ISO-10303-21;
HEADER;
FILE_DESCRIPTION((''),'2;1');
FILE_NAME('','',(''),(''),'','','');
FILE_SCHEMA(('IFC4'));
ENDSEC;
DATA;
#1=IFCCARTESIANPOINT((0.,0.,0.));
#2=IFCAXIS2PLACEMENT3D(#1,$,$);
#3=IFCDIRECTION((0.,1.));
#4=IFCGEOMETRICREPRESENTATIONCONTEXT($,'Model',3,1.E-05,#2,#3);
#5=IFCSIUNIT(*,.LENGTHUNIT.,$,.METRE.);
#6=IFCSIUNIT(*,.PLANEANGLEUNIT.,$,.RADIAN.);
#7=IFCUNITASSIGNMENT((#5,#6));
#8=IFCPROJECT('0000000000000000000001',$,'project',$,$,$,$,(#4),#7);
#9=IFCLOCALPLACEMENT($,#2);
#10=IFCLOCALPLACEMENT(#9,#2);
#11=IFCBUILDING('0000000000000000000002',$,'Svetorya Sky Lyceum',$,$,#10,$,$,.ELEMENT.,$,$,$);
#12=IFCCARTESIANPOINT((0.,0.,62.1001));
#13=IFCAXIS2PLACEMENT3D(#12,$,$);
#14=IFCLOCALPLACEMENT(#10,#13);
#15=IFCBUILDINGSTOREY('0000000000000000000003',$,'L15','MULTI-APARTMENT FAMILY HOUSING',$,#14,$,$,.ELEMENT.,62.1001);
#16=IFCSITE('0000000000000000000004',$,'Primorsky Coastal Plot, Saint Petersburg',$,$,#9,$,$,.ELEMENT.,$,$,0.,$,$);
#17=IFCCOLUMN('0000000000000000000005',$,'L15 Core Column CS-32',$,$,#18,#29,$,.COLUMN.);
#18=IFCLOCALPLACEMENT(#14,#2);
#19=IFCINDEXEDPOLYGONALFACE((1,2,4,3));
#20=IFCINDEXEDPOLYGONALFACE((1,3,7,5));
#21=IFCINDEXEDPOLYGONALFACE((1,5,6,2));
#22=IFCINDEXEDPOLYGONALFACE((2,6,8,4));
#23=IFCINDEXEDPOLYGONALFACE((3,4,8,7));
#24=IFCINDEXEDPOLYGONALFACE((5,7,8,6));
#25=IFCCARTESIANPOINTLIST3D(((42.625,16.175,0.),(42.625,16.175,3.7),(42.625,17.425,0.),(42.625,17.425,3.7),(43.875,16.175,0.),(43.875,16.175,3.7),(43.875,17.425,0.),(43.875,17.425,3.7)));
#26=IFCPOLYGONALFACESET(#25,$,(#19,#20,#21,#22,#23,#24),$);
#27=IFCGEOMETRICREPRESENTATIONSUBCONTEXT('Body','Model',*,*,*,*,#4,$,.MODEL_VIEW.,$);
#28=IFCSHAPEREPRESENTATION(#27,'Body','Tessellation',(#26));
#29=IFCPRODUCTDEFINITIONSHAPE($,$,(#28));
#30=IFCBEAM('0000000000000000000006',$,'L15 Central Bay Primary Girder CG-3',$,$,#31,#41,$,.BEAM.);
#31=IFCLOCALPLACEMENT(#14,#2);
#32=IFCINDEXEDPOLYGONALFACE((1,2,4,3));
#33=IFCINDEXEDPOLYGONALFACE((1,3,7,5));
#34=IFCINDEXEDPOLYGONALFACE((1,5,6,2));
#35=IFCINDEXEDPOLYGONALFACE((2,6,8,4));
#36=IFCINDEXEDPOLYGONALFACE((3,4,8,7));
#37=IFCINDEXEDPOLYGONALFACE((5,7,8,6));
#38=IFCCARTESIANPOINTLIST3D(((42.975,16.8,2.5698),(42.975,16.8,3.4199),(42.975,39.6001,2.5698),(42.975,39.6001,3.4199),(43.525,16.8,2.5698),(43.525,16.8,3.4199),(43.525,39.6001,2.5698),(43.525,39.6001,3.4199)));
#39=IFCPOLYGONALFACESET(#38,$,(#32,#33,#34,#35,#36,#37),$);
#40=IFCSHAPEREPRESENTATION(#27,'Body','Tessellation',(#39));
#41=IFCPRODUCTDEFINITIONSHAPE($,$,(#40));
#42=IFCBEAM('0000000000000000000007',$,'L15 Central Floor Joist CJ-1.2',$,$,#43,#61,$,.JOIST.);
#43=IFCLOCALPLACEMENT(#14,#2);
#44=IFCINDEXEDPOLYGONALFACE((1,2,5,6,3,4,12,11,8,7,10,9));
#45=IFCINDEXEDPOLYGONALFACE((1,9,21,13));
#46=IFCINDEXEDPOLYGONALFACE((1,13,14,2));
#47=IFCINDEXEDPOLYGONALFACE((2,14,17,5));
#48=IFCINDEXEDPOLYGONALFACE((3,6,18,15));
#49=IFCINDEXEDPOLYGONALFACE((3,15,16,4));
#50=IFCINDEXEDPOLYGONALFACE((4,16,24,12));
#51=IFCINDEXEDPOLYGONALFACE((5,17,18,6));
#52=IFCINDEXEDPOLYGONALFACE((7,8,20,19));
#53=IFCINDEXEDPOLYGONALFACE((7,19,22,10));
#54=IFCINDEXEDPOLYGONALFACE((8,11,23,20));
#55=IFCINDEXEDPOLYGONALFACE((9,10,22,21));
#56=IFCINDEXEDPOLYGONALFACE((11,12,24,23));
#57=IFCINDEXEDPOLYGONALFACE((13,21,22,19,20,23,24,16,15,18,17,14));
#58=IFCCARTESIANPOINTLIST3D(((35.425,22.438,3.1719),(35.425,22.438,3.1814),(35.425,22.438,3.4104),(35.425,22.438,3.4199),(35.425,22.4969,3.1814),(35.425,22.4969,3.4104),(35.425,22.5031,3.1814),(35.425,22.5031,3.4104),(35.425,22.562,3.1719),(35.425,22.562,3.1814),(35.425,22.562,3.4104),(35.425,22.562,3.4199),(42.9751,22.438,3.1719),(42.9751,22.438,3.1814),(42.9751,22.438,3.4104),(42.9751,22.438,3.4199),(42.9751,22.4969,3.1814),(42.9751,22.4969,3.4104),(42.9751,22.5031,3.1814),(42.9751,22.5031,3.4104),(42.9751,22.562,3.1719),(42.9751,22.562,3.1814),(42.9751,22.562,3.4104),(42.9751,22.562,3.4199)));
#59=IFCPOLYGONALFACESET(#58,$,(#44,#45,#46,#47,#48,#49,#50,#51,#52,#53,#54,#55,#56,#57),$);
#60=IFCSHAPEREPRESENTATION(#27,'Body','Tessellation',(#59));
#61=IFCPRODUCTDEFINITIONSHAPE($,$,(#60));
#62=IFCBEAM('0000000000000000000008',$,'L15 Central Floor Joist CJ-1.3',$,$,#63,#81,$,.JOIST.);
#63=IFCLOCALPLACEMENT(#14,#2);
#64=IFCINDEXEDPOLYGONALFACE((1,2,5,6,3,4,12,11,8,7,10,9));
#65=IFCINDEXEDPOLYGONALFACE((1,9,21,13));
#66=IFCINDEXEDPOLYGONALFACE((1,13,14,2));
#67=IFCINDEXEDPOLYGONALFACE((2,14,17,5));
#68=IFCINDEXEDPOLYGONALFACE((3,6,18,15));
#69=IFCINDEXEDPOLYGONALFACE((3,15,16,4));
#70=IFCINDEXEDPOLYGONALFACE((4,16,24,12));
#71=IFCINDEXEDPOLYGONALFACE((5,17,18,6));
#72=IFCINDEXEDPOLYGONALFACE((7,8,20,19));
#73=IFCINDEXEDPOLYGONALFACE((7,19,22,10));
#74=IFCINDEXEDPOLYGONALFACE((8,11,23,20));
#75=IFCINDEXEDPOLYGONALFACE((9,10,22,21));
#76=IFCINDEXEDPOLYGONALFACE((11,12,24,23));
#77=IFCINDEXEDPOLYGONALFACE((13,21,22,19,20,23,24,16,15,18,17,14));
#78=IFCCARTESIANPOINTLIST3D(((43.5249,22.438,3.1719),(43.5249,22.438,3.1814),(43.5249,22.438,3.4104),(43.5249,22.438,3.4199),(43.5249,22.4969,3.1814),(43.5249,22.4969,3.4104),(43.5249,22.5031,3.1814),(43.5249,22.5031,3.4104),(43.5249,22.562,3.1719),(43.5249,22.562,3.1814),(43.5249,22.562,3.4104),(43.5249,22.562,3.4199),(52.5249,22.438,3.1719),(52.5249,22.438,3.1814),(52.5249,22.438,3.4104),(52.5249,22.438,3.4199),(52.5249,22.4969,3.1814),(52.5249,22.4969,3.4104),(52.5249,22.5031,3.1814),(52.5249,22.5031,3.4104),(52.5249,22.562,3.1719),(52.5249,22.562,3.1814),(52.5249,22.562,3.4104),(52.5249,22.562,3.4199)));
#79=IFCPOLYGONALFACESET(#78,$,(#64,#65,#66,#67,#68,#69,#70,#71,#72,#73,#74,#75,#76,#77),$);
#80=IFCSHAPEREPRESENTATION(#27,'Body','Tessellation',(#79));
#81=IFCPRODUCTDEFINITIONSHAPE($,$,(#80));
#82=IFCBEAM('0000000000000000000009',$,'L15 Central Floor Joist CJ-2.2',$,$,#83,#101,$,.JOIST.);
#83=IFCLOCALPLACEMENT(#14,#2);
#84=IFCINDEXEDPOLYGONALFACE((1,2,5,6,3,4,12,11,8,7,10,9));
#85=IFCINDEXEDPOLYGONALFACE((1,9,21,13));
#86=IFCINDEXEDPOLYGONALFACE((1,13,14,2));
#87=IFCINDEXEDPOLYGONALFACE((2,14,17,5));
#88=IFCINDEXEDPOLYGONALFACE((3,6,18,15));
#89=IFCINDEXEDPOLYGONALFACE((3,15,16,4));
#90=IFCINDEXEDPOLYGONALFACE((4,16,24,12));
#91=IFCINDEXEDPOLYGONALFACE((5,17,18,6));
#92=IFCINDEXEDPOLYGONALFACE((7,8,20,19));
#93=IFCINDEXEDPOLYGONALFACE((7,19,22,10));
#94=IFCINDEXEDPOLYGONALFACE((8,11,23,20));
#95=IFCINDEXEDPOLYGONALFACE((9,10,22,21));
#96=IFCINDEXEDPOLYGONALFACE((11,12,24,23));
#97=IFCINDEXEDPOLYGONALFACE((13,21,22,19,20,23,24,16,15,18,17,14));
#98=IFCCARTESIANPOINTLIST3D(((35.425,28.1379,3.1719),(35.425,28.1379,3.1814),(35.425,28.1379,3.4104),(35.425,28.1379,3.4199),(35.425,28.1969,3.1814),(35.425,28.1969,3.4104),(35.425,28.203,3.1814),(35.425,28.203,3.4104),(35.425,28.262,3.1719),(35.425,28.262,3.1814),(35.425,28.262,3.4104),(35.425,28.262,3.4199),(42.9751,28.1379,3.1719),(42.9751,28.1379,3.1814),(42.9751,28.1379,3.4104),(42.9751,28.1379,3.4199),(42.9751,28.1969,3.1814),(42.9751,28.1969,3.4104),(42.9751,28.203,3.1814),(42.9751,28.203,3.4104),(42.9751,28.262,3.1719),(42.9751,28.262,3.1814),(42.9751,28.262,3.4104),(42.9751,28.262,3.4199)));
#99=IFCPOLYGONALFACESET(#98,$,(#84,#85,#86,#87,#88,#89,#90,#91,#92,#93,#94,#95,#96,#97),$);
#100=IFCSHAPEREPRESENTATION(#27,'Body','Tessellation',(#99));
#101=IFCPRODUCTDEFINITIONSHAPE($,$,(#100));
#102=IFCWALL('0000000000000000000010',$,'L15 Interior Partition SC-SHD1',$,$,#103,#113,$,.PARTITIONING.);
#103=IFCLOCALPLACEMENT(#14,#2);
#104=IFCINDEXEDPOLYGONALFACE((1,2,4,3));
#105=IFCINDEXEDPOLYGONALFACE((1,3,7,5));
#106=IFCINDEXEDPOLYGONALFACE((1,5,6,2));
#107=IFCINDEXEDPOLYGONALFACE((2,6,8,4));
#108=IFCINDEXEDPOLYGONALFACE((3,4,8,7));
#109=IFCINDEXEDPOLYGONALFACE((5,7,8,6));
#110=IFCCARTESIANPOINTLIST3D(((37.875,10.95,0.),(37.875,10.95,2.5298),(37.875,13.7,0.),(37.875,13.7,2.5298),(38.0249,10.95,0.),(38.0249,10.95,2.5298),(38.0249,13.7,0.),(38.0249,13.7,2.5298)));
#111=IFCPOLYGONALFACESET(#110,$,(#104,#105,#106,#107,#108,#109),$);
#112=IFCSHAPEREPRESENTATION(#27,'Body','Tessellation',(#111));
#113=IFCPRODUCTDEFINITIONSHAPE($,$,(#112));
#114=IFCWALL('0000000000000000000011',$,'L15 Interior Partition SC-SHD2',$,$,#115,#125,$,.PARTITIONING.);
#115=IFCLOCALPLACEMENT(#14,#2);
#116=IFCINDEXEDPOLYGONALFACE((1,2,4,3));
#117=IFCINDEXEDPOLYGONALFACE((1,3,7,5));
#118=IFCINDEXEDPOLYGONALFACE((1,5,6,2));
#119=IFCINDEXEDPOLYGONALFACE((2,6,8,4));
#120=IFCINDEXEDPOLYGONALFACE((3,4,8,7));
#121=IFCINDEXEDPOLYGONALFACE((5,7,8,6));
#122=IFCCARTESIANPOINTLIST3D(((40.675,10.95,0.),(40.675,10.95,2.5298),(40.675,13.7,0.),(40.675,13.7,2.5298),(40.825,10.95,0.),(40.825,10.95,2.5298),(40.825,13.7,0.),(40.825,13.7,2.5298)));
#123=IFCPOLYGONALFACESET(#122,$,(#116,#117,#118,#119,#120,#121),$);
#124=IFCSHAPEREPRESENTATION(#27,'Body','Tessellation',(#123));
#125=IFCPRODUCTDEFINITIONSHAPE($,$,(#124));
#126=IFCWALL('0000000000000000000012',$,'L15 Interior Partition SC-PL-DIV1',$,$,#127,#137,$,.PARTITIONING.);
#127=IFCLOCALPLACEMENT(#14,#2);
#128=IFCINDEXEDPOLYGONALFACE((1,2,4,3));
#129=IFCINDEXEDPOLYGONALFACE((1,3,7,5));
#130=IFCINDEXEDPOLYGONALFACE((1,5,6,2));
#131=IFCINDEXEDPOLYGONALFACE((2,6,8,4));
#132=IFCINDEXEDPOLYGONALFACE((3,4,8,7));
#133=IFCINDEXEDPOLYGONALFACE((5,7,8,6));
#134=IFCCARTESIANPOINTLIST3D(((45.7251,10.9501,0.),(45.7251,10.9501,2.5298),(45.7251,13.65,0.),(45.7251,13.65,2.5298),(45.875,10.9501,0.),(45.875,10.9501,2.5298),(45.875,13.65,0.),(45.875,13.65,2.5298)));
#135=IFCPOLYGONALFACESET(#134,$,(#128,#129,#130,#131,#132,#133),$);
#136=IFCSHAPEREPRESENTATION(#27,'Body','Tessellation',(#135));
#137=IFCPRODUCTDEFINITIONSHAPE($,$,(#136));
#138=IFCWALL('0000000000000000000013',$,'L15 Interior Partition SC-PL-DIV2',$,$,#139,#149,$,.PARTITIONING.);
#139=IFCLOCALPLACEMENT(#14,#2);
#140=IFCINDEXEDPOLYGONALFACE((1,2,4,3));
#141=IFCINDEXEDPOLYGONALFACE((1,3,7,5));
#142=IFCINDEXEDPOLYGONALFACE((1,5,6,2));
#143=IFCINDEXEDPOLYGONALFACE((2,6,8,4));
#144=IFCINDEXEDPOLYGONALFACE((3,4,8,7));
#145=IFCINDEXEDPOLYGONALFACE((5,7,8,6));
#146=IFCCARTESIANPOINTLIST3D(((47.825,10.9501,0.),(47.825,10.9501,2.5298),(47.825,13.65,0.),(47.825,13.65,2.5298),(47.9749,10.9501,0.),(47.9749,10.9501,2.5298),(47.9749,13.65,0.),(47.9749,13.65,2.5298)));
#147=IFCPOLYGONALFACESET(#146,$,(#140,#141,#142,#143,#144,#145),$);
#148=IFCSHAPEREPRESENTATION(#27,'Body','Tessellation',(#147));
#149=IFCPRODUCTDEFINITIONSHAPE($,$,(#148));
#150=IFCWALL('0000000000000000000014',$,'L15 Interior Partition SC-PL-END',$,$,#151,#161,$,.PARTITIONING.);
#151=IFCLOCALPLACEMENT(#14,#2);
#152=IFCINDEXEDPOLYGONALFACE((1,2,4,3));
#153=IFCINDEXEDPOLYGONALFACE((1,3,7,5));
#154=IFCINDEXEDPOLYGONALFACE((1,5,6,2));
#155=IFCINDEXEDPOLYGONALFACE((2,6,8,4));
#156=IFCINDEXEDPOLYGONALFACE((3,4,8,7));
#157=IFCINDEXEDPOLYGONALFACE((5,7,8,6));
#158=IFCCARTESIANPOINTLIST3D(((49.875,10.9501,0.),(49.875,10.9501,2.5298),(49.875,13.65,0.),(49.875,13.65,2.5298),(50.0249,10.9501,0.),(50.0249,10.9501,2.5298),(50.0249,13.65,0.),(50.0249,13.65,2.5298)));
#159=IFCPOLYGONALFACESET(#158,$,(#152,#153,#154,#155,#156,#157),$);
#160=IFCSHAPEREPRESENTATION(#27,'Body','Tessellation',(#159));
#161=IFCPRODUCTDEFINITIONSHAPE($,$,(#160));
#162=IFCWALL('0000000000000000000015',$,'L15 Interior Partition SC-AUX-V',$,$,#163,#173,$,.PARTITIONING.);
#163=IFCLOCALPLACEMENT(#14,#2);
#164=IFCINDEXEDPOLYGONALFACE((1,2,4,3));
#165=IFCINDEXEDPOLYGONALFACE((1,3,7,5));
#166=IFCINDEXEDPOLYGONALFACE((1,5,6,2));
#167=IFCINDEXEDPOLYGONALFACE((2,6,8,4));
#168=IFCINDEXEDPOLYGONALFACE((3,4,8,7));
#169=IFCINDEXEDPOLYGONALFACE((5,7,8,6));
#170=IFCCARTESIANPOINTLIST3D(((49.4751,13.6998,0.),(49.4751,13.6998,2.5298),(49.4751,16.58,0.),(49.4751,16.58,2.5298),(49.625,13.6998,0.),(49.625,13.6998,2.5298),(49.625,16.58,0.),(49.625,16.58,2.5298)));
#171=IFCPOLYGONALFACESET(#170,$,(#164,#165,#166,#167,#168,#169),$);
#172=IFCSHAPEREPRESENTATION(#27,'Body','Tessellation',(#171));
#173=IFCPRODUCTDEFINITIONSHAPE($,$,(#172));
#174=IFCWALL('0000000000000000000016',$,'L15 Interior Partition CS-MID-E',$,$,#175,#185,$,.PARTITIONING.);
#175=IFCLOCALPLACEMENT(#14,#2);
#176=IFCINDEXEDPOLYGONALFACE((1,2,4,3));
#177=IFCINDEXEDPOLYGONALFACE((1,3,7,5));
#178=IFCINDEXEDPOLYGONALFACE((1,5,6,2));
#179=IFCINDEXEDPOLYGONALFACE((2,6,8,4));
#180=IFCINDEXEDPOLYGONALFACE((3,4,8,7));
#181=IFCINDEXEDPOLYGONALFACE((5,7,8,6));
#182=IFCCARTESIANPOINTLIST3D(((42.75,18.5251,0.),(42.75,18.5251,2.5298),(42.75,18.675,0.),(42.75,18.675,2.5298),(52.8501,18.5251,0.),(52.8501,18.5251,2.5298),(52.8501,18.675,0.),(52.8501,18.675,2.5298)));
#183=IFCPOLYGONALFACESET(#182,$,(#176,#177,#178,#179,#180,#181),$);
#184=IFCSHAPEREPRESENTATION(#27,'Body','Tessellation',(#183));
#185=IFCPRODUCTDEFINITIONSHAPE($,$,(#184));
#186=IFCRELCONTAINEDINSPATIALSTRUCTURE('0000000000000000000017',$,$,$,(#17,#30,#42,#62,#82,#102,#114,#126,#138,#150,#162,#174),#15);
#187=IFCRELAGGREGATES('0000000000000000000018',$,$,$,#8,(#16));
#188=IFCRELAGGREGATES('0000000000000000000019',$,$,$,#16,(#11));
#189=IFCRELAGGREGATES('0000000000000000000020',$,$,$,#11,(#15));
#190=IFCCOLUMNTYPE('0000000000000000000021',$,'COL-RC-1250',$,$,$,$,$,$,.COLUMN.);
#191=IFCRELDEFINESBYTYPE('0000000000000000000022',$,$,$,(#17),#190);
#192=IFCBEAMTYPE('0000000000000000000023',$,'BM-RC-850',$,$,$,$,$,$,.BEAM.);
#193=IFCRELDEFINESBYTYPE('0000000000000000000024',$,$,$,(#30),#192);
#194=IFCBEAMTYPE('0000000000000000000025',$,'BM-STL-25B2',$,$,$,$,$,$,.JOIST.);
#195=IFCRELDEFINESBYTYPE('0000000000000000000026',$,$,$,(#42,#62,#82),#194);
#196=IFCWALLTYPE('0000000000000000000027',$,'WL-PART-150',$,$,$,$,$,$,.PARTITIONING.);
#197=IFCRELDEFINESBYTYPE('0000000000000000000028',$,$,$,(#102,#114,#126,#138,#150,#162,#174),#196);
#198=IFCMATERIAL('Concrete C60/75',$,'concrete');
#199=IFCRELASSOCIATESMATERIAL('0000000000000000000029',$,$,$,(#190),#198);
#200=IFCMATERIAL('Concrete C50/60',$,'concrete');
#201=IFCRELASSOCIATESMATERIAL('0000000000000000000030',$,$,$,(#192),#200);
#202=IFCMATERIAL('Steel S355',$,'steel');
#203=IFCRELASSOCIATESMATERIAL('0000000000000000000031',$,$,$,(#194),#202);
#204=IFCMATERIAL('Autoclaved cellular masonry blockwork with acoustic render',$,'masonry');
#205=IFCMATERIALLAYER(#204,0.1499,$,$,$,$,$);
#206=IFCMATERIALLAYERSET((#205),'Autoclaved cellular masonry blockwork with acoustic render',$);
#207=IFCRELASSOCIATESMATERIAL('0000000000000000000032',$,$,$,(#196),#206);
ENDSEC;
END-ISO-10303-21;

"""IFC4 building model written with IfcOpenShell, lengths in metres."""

from ifc_helpers import new_model, si_unit, direction, frame, frame_2d, origin, origin_2d, place, context, subcontext, project, spatial, rectangle, i_section, extrude, material, layer, layer_set, material_profile, profile_set, type_object, element, save


model = new_model("IFC4")

# Units and contexts
model_context = context("Model", 3, precision=1e-05, world=origin(), true_north=direction((0.0, 1.0)))
body_context = subcontext(model_context, "Body", "Model", "MODEL_VIEW")
ifc_project = project(units=[si_unit("LENGTHUNIT", "METRE"), si_unit("PLANEANGLEUNIT", "RADIAN")], contexts=[model_context])

# Site, building, storey
site_placement = place(None, origin())
site = spatial("IfcSite", under=ifc_project, at=site_placement, Name="Primorsky Coastal Plot, Saint Petersburg", CompositionType="ELEMENT", RefElevation=0.0)
building_placement = place(site_placement, origin())
building = spatial("IfcBuilding", under=site, at=building_placement, Name="Svetorya Sky Lyceum", CompositionType="ELEMENT")
storey_placement = place(building_placement, frame((0.0, 0.0, 62.1001)))
storey = spatial("IfcBuildingStorey", under=building, at=storey_placement, Name="L15", Description="MULTI-APARTMENT FAMILY HOUSING", CompositionType="ELEMENT", Elevation=62.1001)

# Column
ifc_material_1 = material(Name="Concrete C60/75", Category="concrete")
ifc_material_profile_1 = material_profile(ifc_material_1, rectangle(XDim=1.25, YDim=1.25, at=origin_2d()), Name="RC COL 1250x1250")
ifc_profile_set_1 = profile_set([ifc_material_profile_1], Name="Concrete C60/75")
column_type = type_object("IfcColumnType", Name="COL-RC-1250", PredefinedType="COLUMN", material=ifc_profile_set_1)
column_placement = place(storey_placement, frame((43.25, 16.8, 0.0), z_axis=(0.0, 0.0, 1.0), x_axis=(1.0, 0.0, 0.0)))
element("IfcColumn", 1, at=column_placement, inside=storey, type_object=column_type, Name="L15 Core Column CS-32", PredefinedType="COLUMN", context=body_context, shape_type="SweptSolid", body=[
    extrude(rectangle(XDim=1.25, YDim=1.25, at=origin_2d()), origin(), (0.0, 0.0, 1.0), 3.7),
])

# Beams
ifc_material_2 = material(Name="Concrete C50/60", Category="concrete")
ifc_material_profile_2 = material_profile(ifc_material_2, rectangle(XDim=0.55, YDim=0.8501, at=origin_2d()), Name="RC BEAM 550x850")
ifc_profile_set_2 = profile_set([ifc_material_profile_2], Name="Concrete C50/60")
beam_type_1 = type_object("IfcBeamType", Name="BM-RC-850", PredefinedType="BEAM", material=ifc_profile_set_2)
beam_1_placement = place(storey_placement, frame((43.25, 16.8, 2.9949), z_axis=(0.0, 1.0, 0.0), x_axis=(-1.0, 0.0, 0.0)))
element("IfcBeam", 2, at=beam_1_placement, inside=storey, type_object=beam_type_1, Name="L15 Central Bay Primary Girder CG-3", PredefinedType="BEAM", context=body_context, shape_type="SweptSolid", body=[
    extrude(rectangle(XDim=0.55, YDim=0.8501, at=origin_2d()), origin(), (0.0, 0.0, 1.0), 22.8),
])
ifc_material_3 = material(Name="Steel S355", Category="steel")
ifc_material_profile_3 = material_profile(ifc_material_3, i_section(OverallWidth=0.124, OverallDepth=0.248, WebThickness=0.0061, FlangeThickness=0.0095, at=origin_2d()), Name="GOST 25B2")
ifc_profile_set_3 = profile_set([ifc_material_profile_3], Name="Steel S355")
beam_type_2 = type_object("IfcBeamType", Name="BM-STL-25B2", PredefinedType="JOIST", material=ifc_profile_set_3)
beam_2_placement = place(storey_placement, frame((35.425, 22.5, 3.2959), z_axis=(1.0, 0.0, 0.0), x_axis=(0.0, 1.0, 0.0)))
element("IfcBeam", 3, at=beam_2_placement, inside=storey, type_object=beam_type_2, Name="L15 Central Floor Joist CJ-1.2", PredefinedType="JOIST", context=body_context, shape_type="SweptSolid", body=[
    extrude(i_section(OverallWidth=0.124, OverallDepth=0.248, WebThickness=0.0061, FlangeThickness=0.0095, at=origin_2d()), origin(), (0.0, 0.0, 1.0), 7.55),
])
beam_3_placement = place(storey_placement, frame((43.5249, 22.5, 3.2959), z_axis=(1.0, 0.0, 0.0), x_axis=(0.0, 1.0, 0.0)))
element("IfcBeam", 4, at=beam_3_placement, inside=storey, type_object=beam_type_2, Name="L15 Central Floor Joist CJ-1.3", PredefinedType="JOIST", context=body_context, shape_type="SweptSolid", body=[
    extrude(i_section(OverallWidth=0.124, OverallDepth=0.248, WebThickness=0.0061, FlangeThickness=0.0095, at=origin_2d()), origin(), (0.0, 0.0, 1.0), 9.0),
])
beam_4_placement = place(storey_placement, frame((35.425, 28.2, 3.2959), z_axis=(1.0, 0.0, 0.0), x_axis=(0.0, 1.0, 0.0)))
element("IfcBeam", 5, at=beam_4_placement, inside=storey, type_object=beam_type_2, Name="L15 Central Floor Joist CJ-2.2", PredefinedType="JOIST", context=body_context, shape_type="SweptSolid", body=[
    extrude(i_section(OverallWidth=0.124, OverallDepth=0.248, WebThickness=0.0061, FlangeThickness=0.0095, at=origin_2d()), origin(), (0.0, 0.0, 1.0), 7.55),
])

# Walls
ifc_material_4 = material(Name="Autoclaved cellular masonry blockwork with acoustic render", Category="masonry")
ifc_layer_1 = layer(ifc_material_4, 0.1499)
ifc_layer_set_1 = layer_set([ifc_layer_1], Name="Autoclaved cellular masonry blockwork with acoustic render")
wall_type_1 = type_object("IfcWallType", Name="WL-PART-150", PredefinedType="PARTITIONING", material=ifc_layer_set_1)
for number, where, z_axis, x_axis, name in (
    (6, (37.95, 10.95, 0.0), (0.0, 0.0, 1.0), (0.0, 1.0, 0.0), "L15 Interior Partition SC-SHD1"),
    (7, (40.75, 10.95, 0.0), (0.0, 0.0, 1.0), (0.0, 1.0, 0.0), "L15 Interior Partition SC-SHD2"),
):
    element("IfcWall", number, at=place(storey_placement, frame(where, z_axis=z_axis, x_axis=x_axis)), inside=storey, type_object=wall_type_1, Name=name, PredefinedType="PARTITIONING", context=body_context, shape_type="SweptSolid", body=[
        extrude(rectangle(XDim=2.75, YDim=0.1499, at=frame_2d((1.375, 0.0))), origin(), (0.0, 0.0, 1.0), 2.5298),
    ])
for number, where, z_axis, x_axis, name in (
    (8, (45.8, 10.95, 0.0), (0.0, 0.0, 1.0), (0.0, 1.0, 0.0), "L15 Interior Partition SC-PL-DIV1"),
    (9, (47.8999, 10.95, 0.0), (0.0, 0.0, 1.0), (0.0, 1.0, 0.0), "L15 Interior Partition SC-PL-DIV2"),
    (10, (49.95, 10.95, 0.0), (0.0, 0.0, 1.0), (0.0, 1.0, 0.0), "L15 Interior Partition SC-PL-END"),
):
    element("IfcWall", number, at=place(storey_placement, frame(where, z_axis=z_axis, x_axis=x_axis)), inside=storey, type_object=wall_type_1, Name=name, PredefinedType="PARTITIONING", context=body_context, shape_type="SweptSolid", body=[
        extrude(rectangle(XDim=2.7, YDim=0.1499, at=frame_2d((1.3501, 0.0))), origin(), (0.0, 0.0, 1.0), 2.5298),
    ])
wall_1_placement = place(storey_placement, frame((49.55, 13.7, 0.0), z_axis=(0.0, 0.0, 1.0), x_axis=(0.0, 1.0, 0.0)))
element("IfcWall", 11, at=wall_1_placement, inside=storey, type_object=wall_type_1, Name="L15 Interior Partition SC-AUX-V", PredefinedType="PARTITIONING", context=body_context, shape_type="SweptSolid", body=[
    extrude(rectangle(XDim=2.8801, YDim=0.1499, at=frame_2d((1.4399, 0.0))), origin(), (0.0, 0.0, 1.0), 2.5298),
])
wall_2_placement = place(storey_placement, frame((42.75, 18.6001, 0.0), z_axis=(0.0, 0.0, 1.0), x_axis=(1.0, 0.0, 0.0)))
element("IfcWall", 12, at=wall_2_placement, inside=storey, type_object=wall_type_1, Name="L15 Interior Partition CS-MID-E", PredefinedType="PARTITIONING", context=body_context, shape_type="SweptSolid", body=[
    extrude(rectangle(XDim=10.1001, YDim=0.1499, at=frame_2d((5.05, 0.0))), origin(), (0.0, 0.0, 1.0), 2.5298),
])

save(model, "model.ifc")
